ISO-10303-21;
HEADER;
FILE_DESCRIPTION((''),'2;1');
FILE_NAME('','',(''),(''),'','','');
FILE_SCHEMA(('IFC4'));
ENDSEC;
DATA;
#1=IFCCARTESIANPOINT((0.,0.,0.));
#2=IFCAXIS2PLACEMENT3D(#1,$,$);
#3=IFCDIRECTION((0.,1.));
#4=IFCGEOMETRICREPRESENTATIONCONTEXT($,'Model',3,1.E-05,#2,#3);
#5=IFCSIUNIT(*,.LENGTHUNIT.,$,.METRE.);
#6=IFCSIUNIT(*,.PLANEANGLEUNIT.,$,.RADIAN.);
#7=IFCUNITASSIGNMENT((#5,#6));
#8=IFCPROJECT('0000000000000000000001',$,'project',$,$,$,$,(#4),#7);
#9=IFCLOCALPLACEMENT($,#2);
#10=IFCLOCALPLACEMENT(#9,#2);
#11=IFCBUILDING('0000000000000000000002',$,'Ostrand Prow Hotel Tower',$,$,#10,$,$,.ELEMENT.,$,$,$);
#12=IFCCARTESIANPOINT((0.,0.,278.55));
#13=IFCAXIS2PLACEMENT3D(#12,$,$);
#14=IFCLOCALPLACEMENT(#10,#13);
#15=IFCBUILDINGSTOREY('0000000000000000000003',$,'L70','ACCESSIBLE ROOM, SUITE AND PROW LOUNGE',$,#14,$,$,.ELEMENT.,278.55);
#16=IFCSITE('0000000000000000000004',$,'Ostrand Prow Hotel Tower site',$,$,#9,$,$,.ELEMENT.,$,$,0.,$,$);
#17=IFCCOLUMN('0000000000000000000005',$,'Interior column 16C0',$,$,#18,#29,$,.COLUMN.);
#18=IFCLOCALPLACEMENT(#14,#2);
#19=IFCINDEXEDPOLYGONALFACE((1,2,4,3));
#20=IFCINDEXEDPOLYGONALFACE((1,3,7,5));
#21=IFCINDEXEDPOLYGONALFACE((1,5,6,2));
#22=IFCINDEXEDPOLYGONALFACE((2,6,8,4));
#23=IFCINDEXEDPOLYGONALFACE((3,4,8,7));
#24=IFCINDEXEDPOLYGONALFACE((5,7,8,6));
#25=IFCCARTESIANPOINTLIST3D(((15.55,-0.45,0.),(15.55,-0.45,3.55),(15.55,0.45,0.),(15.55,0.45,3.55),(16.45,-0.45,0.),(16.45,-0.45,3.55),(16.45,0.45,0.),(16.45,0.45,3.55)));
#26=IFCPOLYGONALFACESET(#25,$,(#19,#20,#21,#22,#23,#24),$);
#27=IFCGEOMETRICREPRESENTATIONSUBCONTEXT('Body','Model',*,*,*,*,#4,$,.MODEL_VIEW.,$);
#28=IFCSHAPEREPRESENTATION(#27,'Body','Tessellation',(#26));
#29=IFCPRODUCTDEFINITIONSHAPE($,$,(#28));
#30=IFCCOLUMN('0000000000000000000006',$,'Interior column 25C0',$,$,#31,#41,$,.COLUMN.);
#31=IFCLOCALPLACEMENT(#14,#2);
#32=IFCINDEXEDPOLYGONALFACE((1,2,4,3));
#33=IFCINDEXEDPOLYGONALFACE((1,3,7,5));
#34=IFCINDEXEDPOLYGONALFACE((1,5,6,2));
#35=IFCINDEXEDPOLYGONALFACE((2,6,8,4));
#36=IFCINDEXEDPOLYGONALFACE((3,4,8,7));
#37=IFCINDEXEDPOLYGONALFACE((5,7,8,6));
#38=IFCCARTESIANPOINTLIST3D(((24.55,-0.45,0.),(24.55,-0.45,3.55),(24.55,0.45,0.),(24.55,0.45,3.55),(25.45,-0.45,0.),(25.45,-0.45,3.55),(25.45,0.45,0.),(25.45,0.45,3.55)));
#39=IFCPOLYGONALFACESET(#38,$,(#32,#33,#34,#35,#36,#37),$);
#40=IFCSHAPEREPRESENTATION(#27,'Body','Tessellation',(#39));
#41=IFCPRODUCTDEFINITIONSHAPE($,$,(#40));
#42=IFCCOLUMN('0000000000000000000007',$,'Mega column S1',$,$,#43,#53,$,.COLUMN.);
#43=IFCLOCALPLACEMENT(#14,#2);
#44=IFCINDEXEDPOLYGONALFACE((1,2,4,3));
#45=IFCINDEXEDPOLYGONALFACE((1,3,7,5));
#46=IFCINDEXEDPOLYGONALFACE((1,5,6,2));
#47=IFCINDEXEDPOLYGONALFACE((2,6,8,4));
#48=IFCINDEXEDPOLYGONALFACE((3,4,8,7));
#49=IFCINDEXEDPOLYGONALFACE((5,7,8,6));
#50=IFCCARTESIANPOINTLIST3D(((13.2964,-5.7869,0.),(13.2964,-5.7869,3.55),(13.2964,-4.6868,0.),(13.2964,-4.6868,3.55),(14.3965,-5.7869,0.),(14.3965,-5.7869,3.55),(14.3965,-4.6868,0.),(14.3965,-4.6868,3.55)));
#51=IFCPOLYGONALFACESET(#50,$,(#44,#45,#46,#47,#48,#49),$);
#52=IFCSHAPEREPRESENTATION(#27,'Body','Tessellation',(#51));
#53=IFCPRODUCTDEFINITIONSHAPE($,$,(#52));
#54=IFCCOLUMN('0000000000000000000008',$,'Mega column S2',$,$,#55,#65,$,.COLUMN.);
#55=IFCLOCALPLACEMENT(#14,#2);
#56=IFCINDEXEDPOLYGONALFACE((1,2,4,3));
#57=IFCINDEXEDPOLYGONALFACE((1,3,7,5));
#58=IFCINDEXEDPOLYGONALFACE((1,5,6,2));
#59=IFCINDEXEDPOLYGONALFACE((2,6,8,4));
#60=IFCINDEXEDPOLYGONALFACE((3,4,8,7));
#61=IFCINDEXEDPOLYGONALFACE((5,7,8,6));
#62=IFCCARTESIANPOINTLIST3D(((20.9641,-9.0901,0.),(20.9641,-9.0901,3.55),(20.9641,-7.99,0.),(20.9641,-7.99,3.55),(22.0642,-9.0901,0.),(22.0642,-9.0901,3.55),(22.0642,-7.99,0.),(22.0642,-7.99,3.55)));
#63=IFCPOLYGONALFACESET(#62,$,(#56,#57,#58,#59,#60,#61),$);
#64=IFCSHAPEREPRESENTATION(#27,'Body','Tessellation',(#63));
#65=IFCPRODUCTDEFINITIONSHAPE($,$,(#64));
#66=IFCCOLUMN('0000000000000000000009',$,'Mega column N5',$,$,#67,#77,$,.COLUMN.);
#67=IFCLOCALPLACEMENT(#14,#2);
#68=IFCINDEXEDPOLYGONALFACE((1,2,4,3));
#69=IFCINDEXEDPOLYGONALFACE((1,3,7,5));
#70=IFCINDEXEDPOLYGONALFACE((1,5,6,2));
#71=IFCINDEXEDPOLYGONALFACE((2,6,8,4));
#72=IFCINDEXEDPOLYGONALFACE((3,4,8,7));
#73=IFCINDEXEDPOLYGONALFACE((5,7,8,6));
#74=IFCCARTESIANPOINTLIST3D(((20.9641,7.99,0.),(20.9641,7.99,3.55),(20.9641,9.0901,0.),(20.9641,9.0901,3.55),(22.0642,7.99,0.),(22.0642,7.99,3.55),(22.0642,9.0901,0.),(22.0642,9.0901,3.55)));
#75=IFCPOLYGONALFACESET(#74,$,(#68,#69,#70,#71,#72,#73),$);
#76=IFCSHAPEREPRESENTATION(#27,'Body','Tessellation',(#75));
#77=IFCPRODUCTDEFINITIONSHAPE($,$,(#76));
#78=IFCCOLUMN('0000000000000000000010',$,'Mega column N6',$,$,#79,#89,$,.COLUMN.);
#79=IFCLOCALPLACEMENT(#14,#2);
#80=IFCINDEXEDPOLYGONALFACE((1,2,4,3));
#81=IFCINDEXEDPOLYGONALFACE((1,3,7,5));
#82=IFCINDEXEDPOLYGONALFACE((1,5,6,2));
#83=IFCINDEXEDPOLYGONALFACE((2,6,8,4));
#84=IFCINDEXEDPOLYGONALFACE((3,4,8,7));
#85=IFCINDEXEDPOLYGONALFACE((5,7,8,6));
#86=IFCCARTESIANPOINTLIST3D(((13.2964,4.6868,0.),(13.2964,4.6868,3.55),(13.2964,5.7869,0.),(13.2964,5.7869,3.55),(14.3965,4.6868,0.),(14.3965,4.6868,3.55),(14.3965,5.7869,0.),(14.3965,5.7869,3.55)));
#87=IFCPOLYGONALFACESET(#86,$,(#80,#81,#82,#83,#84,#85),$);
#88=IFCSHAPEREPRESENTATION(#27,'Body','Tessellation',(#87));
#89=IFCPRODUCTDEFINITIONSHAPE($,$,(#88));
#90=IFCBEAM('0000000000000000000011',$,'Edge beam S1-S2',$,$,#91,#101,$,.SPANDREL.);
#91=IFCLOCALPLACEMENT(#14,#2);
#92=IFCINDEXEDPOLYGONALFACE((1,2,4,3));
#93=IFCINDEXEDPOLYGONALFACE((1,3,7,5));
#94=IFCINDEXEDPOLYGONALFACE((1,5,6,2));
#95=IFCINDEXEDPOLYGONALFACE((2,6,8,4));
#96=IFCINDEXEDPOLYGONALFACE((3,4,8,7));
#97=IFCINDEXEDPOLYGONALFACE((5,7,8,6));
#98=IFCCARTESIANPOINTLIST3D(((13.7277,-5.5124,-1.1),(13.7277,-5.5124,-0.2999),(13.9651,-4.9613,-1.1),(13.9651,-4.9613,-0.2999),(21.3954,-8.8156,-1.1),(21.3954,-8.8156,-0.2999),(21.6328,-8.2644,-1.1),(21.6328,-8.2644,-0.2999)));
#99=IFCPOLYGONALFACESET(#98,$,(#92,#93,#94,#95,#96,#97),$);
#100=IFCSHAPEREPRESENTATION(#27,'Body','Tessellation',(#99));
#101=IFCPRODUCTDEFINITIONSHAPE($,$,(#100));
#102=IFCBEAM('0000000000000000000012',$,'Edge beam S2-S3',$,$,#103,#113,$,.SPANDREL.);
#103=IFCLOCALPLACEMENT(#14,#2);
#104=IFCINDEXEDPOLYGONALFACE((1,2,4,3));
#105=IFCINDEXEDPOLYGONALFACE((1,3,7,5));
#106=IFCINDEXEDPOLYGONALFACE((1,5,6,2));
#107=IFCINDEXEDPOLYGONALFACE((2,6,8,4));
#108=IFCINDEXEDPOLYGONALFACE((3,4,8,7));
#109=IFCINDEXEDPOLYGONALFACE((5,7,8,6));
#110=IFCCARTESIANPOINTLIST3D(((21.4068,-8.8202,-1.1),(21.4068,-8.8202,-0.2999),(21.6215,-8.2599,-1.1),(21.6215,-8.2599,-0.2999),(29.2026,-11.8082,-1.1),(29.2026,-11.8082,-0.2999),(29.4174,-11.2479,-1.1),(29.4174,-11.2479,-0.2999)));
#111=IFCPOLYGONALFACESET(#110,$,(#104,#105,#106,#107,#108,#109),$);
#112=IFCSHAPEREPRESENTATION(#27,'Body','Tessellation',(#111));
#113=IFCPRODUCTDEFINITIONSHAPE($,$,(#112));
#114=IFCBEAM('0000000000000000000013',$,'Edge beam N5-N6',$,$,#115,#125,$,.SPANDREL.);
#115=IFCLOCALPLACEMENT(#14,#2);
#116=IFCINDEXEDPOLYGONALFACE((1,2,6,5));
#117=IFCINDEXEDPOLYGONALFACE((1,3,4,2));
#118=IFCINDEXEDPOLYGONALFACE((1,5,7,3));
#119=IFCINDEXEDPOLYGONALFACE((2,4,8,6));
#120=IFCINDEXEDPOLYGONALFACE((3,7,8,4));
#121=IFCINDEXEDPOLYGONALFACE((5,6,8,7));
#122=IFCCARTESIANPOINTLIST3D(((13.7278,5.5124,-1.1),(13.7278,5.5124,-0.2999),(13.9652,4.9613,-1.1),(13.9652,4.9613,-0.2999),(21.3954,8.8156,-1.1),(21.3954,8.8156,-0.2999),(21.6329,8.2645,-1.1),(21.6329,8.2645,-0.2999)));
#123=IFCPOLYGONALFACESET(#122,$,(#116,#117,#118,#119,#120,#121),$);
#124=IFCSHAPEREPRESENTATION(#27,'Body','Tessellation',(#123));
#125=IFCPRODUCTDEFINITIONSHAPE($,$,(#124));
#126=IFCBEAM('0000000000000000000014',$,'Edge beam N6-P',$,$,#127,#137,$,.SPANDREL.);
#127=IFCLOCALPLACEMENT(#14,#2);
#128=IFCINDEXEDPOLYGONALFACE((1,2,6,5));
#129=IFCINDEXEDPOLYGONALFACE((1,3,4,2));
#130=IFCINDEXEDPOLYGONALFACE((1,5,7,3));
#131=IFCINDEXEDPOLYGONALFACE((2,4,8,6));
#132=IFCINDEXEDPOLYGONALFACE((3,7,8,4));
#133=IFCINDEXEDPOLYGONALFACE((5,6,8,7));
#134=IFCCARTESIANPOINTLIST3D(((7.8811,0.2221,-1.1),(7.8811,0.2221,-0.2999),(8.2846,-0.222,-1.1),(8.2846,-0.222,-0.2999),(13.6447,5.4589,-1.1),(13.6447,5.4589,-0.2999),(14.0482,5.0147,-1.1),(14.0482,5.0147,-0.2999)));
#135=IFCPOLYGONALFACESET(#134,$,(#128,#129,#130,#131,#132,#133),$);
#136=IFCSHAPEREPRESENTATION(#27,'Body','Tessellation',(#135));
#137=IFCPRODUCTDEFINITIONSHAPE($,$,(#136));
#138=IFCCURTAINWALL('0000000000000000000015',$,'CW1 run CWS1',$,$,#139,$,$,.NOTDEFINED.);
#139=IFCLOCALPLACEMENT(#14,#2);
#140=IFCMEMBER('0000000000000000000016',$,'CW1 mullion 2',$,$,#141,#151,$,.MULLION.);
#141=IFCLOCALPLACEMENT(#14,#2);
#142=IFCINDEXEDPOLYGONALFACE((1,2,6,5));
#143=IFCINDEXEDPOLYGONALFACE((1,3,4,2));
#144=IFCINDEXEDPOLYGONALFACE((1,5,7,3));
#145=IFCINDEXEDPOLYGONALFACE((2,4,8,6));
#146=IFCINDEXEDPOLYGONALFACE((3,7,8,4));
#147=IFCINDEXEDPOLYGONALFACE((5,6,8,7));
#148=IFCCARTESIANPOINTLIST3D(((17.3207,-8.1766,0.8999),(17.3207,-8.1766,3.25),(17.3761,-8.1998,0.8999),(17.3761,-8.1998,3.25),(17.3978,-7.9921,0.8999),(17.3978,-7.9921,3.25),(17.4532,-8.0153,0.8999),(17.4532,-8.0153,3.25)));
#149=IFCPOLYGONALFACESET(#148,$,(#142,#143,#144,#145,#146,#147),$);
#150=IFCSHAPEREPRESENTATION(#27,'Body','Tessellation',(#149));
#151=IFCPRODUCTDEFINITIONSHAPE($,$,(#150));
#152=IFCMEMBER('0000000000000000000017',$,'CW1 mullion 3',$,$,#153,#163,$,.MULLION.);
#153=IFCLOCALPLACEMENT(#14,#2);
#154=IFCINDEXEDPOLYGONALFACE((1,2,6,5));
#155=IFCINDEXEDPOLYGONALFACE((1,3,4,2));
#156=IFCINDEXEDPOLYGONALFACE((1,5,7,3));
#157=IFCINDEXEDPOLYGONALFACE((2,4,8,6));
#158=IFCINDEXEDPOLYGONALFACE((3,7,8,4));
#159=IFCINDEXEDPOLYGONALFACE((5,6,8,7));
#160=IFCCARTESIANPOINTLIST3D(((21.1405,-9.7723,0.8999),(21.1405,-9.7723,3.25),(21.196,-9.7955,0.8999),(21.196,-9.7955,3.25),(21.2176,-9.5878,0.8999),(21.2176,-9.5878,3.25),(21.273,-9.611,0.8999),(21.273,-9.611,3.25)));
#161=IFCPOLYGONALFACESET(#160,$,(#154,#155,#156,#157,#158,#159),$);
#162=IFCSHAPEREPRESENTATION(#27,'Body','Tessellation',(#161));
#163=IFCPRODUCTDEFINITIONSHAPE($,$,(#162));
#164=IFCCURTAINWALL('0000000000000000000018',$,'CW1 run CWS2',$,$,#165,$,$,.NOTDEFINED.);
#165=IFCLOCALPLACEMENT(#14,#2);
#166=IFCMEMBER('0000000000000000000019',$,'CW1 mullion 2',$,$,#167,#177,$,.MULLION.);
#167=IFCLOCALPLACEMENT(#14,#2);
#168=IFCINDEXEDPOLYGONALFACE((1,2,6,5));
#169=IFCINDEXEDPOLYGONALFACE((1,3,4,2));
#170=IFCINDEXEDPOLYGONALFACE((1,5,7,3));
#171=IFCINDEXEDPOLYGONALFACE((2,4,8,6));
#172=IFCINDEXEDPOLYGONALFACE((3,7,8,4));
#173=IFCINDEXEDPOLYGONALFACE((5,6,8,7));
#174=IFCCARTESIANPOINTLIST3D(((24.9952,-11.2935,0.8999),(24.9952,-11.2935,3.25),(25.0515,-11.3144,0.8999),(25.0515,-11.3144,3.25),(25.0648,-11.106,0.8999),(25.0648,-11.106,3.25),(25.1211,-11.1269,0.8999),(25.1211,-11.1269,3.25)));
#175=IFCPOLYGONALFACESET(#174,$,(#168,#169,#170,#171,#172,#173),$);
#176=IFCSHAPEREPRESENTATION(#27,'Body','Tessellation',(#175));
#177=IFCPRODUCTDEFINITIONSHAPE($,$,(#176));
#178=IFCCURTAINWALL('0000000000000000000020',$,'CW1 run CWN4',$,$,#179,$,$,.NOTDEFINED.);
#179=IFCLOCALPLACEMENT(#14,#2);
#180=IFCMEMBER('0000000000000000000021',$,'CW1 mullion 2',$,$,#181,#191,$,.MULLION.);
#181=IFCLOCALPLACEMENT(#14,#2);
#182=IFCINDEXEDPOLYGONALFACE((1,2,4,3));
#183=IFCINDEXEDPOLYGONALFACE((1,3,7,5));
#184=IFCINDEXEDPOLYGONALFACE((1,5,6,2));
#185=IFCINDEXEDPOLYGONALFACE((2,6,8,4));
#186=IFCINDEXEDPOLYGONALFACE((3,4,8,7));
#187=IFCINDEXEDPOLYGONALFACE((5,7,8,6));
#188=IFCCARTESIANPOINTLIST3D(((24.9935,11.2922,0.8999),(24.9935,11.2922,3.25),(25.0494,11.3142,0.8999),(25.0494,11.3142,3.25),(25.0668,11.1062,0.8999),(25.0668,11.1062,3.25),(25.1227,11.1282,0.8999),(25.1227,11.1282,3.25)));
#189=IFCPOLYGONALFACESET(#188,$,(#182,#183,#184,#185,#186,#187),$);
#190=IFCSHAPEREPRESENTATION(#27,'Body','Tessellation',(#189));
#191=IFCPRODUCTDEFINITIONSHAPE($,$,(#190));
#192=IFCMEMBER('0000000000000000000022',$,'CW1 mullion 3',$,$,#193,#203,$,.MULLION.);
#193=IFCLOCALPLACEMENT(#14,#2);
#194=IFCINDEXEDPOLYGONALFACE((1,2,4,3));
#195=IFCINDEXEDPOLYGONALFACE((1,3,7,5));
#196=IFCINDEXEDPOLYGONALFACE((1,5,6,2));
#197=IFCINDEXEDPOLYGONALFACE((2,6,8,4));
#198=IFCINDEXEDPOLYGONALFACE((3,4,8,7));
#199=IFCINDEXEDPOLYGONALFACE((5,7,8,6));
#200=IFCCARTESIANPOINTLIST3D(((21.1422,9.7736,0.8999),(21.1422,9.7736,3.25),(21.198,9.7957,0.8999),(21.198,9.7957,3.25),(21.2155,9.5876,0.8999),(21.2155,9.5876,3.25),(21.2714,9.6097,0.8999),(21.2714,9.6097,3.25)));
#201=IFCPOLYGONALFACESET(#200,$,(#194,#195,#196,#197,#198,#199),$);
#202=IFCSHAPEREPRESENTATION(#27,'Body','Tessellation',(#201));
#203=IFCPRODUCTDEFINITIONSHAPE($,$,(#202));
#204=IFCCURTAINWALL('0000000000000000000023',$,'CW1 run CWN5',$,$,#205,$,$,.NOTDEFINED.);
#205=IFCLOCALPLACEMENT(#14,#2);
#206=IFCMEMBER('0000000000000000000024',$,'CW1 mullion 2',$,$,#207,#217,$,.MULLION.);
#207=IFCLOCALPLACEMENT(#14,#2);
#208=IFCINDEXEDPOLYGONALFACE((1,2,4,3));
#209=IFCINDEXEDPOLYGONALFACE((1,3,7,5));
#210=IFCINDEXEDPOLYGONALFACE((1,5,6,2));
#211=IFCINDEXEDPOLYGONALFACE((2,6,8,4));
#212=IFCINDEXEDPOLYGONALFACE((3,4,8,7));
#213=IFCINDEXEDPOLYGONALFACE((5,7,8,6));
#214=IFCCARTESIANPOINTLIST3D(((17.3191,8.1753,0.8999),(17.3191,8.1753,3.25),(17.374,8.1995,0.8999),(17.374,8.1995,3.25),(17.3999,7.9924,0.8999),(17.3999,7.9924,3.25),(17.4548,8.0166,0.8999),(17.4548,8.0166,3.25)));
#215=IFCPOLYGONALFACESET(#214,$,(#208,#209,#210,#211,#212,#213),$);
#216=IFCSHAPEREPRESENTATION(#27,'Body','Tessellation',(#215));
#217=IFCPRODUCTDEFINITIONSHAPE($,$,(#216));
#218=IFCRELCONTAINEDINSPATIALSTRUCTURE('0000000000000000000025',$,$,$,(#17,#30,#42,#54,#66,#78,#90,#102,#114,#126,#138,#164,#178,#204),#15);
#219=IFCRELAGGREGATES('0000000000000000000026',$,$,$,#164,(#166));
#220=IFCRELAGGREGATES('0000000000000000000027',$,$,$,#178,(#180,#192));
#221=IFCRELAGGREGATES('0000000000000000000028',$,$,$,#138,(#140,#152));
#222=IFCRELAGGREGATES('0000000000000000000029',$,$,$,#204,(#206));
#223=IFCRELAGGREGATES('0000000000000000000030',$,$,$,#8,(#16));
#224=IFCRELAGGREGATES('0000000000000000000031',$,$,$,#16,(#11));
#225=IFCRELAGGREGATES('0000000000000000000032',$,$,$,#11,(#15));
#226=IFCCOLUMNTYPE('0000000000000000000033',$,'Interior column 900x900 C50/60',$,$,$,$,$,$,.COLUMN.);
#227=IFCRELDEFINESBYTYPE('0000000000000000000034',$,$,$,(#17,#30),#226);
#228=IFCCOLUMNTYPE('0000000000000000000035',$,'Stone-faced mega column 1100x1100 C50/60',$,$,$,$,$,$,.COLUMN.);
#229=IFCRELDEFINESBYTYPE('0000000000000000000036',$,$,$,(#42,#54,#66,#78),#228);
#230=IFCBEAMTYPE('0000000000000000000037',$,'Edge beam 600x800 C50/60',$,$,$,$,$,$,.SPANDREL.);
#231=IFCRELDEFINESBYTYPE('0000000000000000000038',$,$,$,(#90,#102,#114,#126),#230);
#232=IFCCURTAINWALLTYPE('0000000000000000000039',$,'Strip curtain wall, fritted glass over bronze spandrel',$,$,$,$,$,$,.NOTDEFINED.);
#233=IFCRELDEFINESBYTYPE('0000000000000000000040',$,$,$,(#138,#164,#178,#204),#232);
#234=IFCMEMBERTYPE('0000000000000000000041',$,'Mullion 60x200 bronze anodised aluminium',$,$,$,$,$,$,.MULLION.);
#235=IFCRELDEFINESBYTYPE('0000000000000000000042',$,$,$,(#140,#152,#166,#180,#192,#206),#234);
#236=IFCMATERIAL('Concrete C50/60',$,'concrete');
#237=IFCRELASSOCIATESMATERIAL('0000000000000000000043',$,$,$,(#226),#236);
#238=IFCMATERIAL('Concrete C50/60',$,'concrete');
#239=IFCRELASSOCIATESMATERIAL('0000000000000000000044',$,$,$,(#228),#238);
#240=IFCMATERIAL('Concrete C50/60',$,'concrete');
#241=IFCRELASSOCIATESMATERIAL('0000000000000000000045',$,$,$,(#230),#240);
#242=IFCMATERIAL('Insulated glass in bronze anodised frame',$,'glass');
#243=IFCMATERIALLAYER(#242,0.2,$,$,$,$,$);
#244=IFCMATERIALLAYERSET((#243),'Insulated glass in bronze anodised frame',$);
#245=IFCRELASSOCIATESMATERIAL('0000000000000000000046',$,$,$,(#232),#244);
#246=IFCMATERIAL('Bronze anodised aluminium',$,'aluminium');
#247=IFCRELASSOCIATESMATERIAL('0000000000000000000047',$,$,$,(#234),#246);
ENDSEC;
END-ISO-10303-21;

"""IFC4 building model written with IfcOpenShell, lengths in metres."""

from ifc_helpers import new_model, si_unit, direction, frame, origin, origin_2d, place, context, subcontext, project, spatial, rectangle, extrude, material, layer, layer_set, material_profile, profile_set, type_object, element, aggregate, save


model = new_model("IFC4")

# Units and contexts
model_context = context("Model", 3, precision=1e-05, world=origin(), true_north=direction((0.0, 1.0)))
body_context = subcontext(model_context, "Body", "Model", "MODEL_VIEW")
ifc_project = project(units=[si_unit("LENGTHUNIT", "METRE"), si_unit("PLANEANGLEUNIT", "RADIAN")], contexts=[model_context])

# Site, building, storey
site_placement = place(None, origin())
site = spatial("IfcSite", under=ifc_project, at=site_placement, Name="Ostrand Prow Hotel Tower site", CompositionType="ELEMENT", RefElevation=0.0)
building_placement = place(site_placement, origin())
building = spatial("IfcBuilding", under=site, at=building_placement, Name="Ostrand Prow Hotel Tower", CompositionType="ELEMENT")
storey_placement = place(building_placement, frame((0.0, 0.0, 278.55)))
storey = spatial("IfcBuildingStorey", under=building, at=storey_placement, Name="L70", Description="ACCESSIBLE ROOM, SUITE AND PROW LOUNGE", CompositionType="ELEMENT", Elevation=278.55)

# Columns
ifc_material_1 = material(Name="Concrete C50/60", Category="concrete")
ifc_material_profile_1 = material_profile(ifc_material_1, rectangle(XDim=0.8999, YDim=0.8999, at=origin_2d()), Name="RC 900x900")
ifc_profile_set_1 = profile_set([ifc_material_profile_1], Name="Concrete C50/60")
column_type_1 = type_object("IfcColumnType", Name="Interior column 900x900 C50/60", PredefinedType="COLUMN", material=ifc_profile_set_1)
for number, where, z_axis, x_axis, name in (
    (1, (16.0, 0.0, 0.0), (0.0, 0.0, 1.0), (1.0, 0.0, 0.0), "Interior column 16C0"),
    (2, (25.0, 0.0, 0.0), (0.0, 0.0, 1.0), (1.0, 0.0, 0.0), "Interior column 25C0"),
):
    element("IfcColumn", number, at=place(storey_placement, frame(where, z_axis=z_axis, x_axis=x_axis)), inside=storey, type_object=column_type_1, Name=name, PredefinedType="COLUMN", context=body_context, shape_type="SweptSolid", body=[
        extrude(rectangle(XDim=0.8999, YDim=0.8999, at=origin_2d()), origin(), (0.0, 0.0, 1.0), 3.55),
    ])
ifc_material_2 = material(Name="Concrete C50/60", Category="concrete")
ifc_material_profile_2 = material_profile(ifc_material_2, rectangle(XDim=1.1001, YDim=1.1001, at=origin_2d()), Name="RC 1100x1100")
ifc_profile_set_2 = profile_set([ifc_material_profile_2], Name="Concrete C50/60")
column_type_2 = type_object("IfcColumnType", Name="Stone-faced mega column 1100x1100 C50/60", PredefinedType="COLUMN", material=ifc_profile_set_2)
for number, where, z_axis, x_axis, name in (
    (3, (13.8464, -5.2368, 0.0), (0.0, 0.0, 1.0), (1.0, 0.0, 0.0), "Mega column S1"),
    (4, (21.5142, -8.54, 0.0), (0.0, 0.0, 1.0), (1.0, 0.0, 0.0), "Mega column S2"),
    (5, (21.5142, 8.54, 0.0), (0.0, 0.0, 1.0), (1.0, 0.0, 0.0), "Mega column N5"),
    (6, (13.8464, 5.2368, 0.0), (0.0, 0.0, 1.0), (1.0, 0.0, 0.0), "Mega column N6"),
):
    element("IfcColumn", number, at=place(storey_placement, frame(where, z_axis=z_axis, x_axis=x_axis)), inside=storey, type_object=column_type_2, Name=name, PredefinedType="COLUMN", context=body_context, shape_type="SweptSolid", body=[
        extrude(rectangle(XDim=1.1001, YDim=1.1001, at=origin_2d()), origin(), (0.0, 0.0, 1.0), 3.55),
    ])

# Beams
ifc_material_3 = material(Name="Concrete C50/60", Category="concrete")
ifc_material_profile_3 = material_profile(ifc_material_3, rectangle(XDim=0.6001, YDim=0.8, at=origin_2d()), Name="RC 600x800")
ifc_profile_set_3 = profile_set([ifc_material_profile_3], Name="Concrete C50/60")
beam_type = type_object("IfcBeamType", Name="Edge beam 600x800 C50/60", PredefinedType="SPANDREL", material=ifc_profile_set_3)
for number, where, z_axis, x_axis, name in (
    (7, (13.8464, -5.2368, -0.7), (0.918404, -0.395644, 0.0), (0.395644, 0.918404, 0.0), "Edge beam S1-S2"),
    (8, (21.5142, -8.54, -0.7), (0.933762, -0.357895, 0.0), (0.357895, 0.933762, 0.0), "Edge beam S2-S3"),
    (9, (21.5142, 8.54, -0.7), (-0.918404, -0.395644, 0.0), (0.395644, -0.918404, 0.0), "Edge beam N5-N6"),
):
    element("IfcBeam", number, at=place(storey_placement, frame(where, z_axis=z_axis, x_axis=x_axis)), inside=storey, type_object=beam_type, Name=name, PredefinedType="SPANDREL", context=body_context, shape_type="SweptSolid", body=[
        extrude(rectangle(XDim=0.6001, YDim=0.8, at=origin_2d()), origin(), (0.0, 0.0, 1.0), 8.3489),
    ])
beam_placement = place(storey_placement, frame((13.8464, 5.2368, -0.7), z_axis=(-0.740124, -0.67247, 0.0), x_axis=(0.67247, -0.740124, 0.0)))
element("IfcBeam", 10, at=beam_placement, inside=storey, type_object=beam_type, Name="Edge beam N6-P", PredefinedType="SPANDREL", context=body_context, shape_type="SweptSolid", body=[
    extrude(rectangle(XDim=0.6001, YDim=0.8, at=origin_2d()), origin(), (0.0, 0.0, 1.0), 7.7874),
])

# Curtain wall, members
ifc_material_4 = material(Name="Insulated glass in bronze anodised frame", Category="glass")
ifc_layer_1 = layer(ifc_material_4, 0.2)
ifc_layer_set_1 = layer_set([ifc_layer_1], Name="Insulated glass in bronze anodised frame")
curtain_wall_type = type_object("IfcCurtainWallType", Name="Strip curtain wall, fritted glass over bronze spandrel", PredefinedType="NOTDEFINED", material=ifc_layer_set_1)
curtain_wall_1_placement = place(storey_placement, origin())
curtain_wall_1 = element("IfcCurtainWall", 11, at=curtain_wall_1_placement, inside=storey, type_object=curtain_wall_type, Name="CW1 run CWS1", PredefinedType="NOTDEFINED")
ifc_material_5 = material(Name="Bronze anodised aluminium", Category="aluminium")
ifc_material_profile_4 = material_profile(ifc_material_5, rectangle(XDim=0.2, YDim=0.0601, at=origin_2d()), Name="Mullion 60x200 bronze anodised aluminium")
ifc_profile_set_4 = profile_set([ifc_material_profile_4], Name="Bronze anodised aluminium")
member_type_1 = type_object("IfcMemberType", Name="Mullion 60x200 bronze anodised aluminium", PredefinedType="MULLION", material=ifc_profile_set_4)
member_1_placement = place(storey_placement, frame((17.387, -8.0959, 0.8999), z_axis=(0.0, 0.0, 1.0), x_axis=(0.385471, 0.92272, 0.0)))
member_1 = element("IfcMember", 12, at=member_1_placement, type_object=member_type_1, Name="CW1 mullion 2", PredefinedType="MULLION", context=body_context, shape_type="SweptSolid", body=[
    extrude(rectangle(XDim=0.2, YDim=0.0601, at=origin_2d()), origin(), (0.0, 0.0, 1.0), 2.3501),
])
member_2_placement = place(storey_placement, frame((21.2068, -9.6917, 0.8999), z_axis=(0.0, 0.0, 1.0), x_axis=(0.385471, 0.92272, 0.0)))
member_2 = element("IfcMember", 13, at=member_2_placement, type_object=member_type_1, Name="CW1 mullion 3", PredefinedType="MULLION", context=body_context, shape_type="SweptSolid", body=[
    extrude(rectangle(XDim=0.2, YDim=0.0601, at=origin_2d()), origin(), (0.0, 0.0, 1.0), 2.3501),
])

# Curtain wall, member
curtain_wall_2_placement = place(storey_placement, origin())
curtain_wall_2 = element("IfcCurtainWall", 14, at=curtain_wall_2_placement, inside=storey, type_object=curtain_wall_type, Name="CW1 run CWS2", PredefinedType="NOTDEFINED")
member_3_placement = place(storey_placement, frame((25.0581, -11.2102, 0.8999), z_axis=(0.0, 0.0, 1.0), x_axis=(0.348071, 0.937468, 0.0)))
member_3 = element("IfcMember", 15, at=member_3_placement, type_object=member_type_1, Name="CW1 mullion 2", PredefinedType="MULLION", context=body_context, shape_type="SweptSolid", body=[
    extrude(rectangle(XDim=0.2, YDim=0.0601, at=origin_2d()), origin(), (0.0, 0.0, 1.0), 2.3501),
])

# Curtain wall, members
curtain_wall_3_placement = place(storey_placement, origin())
curtain_wall_3 = element("IfcCurtainWall", 16, at=curtain_wall_3_placement, inside=storey, type_object=curtain_wall_type, Name="CW1 run CWN4", PredefinedType="NOTDEFINED")
member_4_placement = place(storey_placement, frame((25.0581, 11.2102, 0.8999), z_axis=(0.0, 0.0, 1.0), x_axis=(0.366845, -0.930282, 0.0)))
member_4 = element("IfcMember", 17, at=member_4_placement, type_object=member_type_1, Name="CW1 mullion 2", PredefinedType="MULLION", context=body_context, shape_type="SweptSolid", body=[
    extrude(rectangle(XDim=0.2, YDim=0.0601, at=origin_2d()), origin(), (0.0, 0.0, 1.0), 2.3501),
])
member_5_placement = place(storey_placement, frame((21.2068, 9.6917, 0.8999), z_axis=(0.0, 0.0, 1.0), x_axis=(0.366845, -0.930282, 0.0)))
member_5 = element("IfcMember", 18, at=member_5_placement, type_object=member_type_1, Name="CW1 mullion 3", PredefinedType="MULLION", context=body_context, shape_type="SweptSolid", body=[
    extrude(rectangle(XDim=0.2, YDim=0.0601, at=origin_2d()), origin(), (0.0, 0.0, 1.0), 2.3501),
])

# Curtain wall, member
curtain_wall_4_placement = place(storey_placement, origin())
curtain_wall_4 = element("IfcCurtainWall", 19, at=curtain_wall_4_placement, inside=storey, type_object=curtain_wall_type, Name="CW1 run CWN5", PredefinedType="NOTDEFINED")
member_6_placement = place(storey_placement, frame((17.387, 8.0959, 0.8999), z_axis=(0.0, 0.0, 1.0), x_axis=(0.40394, -0.914786, 0.0)))
member_6 = element("IfcMember", 20, at=member_6_placement, type_object=member_type_1, Name="CW1 mullion 2", PredefinedType="MULLION", context=body_context, shape_type="SweptSolid", body=[
    extrude(rectangle(XDim=0.2, YDim=0.0601, at=origin_2d()), origin(), (0.0, 0.0, 1.0), 2.3501),
])

aggregate(curtain_wall_2, [member_3])
aggregate(curtain_wall_3, [member_4, member_5])
aggregate(curtain_wall_1, [member_1, member_2])
aggregate(curtain_wall_4, [member_6])

save(model, "model.ifc")
